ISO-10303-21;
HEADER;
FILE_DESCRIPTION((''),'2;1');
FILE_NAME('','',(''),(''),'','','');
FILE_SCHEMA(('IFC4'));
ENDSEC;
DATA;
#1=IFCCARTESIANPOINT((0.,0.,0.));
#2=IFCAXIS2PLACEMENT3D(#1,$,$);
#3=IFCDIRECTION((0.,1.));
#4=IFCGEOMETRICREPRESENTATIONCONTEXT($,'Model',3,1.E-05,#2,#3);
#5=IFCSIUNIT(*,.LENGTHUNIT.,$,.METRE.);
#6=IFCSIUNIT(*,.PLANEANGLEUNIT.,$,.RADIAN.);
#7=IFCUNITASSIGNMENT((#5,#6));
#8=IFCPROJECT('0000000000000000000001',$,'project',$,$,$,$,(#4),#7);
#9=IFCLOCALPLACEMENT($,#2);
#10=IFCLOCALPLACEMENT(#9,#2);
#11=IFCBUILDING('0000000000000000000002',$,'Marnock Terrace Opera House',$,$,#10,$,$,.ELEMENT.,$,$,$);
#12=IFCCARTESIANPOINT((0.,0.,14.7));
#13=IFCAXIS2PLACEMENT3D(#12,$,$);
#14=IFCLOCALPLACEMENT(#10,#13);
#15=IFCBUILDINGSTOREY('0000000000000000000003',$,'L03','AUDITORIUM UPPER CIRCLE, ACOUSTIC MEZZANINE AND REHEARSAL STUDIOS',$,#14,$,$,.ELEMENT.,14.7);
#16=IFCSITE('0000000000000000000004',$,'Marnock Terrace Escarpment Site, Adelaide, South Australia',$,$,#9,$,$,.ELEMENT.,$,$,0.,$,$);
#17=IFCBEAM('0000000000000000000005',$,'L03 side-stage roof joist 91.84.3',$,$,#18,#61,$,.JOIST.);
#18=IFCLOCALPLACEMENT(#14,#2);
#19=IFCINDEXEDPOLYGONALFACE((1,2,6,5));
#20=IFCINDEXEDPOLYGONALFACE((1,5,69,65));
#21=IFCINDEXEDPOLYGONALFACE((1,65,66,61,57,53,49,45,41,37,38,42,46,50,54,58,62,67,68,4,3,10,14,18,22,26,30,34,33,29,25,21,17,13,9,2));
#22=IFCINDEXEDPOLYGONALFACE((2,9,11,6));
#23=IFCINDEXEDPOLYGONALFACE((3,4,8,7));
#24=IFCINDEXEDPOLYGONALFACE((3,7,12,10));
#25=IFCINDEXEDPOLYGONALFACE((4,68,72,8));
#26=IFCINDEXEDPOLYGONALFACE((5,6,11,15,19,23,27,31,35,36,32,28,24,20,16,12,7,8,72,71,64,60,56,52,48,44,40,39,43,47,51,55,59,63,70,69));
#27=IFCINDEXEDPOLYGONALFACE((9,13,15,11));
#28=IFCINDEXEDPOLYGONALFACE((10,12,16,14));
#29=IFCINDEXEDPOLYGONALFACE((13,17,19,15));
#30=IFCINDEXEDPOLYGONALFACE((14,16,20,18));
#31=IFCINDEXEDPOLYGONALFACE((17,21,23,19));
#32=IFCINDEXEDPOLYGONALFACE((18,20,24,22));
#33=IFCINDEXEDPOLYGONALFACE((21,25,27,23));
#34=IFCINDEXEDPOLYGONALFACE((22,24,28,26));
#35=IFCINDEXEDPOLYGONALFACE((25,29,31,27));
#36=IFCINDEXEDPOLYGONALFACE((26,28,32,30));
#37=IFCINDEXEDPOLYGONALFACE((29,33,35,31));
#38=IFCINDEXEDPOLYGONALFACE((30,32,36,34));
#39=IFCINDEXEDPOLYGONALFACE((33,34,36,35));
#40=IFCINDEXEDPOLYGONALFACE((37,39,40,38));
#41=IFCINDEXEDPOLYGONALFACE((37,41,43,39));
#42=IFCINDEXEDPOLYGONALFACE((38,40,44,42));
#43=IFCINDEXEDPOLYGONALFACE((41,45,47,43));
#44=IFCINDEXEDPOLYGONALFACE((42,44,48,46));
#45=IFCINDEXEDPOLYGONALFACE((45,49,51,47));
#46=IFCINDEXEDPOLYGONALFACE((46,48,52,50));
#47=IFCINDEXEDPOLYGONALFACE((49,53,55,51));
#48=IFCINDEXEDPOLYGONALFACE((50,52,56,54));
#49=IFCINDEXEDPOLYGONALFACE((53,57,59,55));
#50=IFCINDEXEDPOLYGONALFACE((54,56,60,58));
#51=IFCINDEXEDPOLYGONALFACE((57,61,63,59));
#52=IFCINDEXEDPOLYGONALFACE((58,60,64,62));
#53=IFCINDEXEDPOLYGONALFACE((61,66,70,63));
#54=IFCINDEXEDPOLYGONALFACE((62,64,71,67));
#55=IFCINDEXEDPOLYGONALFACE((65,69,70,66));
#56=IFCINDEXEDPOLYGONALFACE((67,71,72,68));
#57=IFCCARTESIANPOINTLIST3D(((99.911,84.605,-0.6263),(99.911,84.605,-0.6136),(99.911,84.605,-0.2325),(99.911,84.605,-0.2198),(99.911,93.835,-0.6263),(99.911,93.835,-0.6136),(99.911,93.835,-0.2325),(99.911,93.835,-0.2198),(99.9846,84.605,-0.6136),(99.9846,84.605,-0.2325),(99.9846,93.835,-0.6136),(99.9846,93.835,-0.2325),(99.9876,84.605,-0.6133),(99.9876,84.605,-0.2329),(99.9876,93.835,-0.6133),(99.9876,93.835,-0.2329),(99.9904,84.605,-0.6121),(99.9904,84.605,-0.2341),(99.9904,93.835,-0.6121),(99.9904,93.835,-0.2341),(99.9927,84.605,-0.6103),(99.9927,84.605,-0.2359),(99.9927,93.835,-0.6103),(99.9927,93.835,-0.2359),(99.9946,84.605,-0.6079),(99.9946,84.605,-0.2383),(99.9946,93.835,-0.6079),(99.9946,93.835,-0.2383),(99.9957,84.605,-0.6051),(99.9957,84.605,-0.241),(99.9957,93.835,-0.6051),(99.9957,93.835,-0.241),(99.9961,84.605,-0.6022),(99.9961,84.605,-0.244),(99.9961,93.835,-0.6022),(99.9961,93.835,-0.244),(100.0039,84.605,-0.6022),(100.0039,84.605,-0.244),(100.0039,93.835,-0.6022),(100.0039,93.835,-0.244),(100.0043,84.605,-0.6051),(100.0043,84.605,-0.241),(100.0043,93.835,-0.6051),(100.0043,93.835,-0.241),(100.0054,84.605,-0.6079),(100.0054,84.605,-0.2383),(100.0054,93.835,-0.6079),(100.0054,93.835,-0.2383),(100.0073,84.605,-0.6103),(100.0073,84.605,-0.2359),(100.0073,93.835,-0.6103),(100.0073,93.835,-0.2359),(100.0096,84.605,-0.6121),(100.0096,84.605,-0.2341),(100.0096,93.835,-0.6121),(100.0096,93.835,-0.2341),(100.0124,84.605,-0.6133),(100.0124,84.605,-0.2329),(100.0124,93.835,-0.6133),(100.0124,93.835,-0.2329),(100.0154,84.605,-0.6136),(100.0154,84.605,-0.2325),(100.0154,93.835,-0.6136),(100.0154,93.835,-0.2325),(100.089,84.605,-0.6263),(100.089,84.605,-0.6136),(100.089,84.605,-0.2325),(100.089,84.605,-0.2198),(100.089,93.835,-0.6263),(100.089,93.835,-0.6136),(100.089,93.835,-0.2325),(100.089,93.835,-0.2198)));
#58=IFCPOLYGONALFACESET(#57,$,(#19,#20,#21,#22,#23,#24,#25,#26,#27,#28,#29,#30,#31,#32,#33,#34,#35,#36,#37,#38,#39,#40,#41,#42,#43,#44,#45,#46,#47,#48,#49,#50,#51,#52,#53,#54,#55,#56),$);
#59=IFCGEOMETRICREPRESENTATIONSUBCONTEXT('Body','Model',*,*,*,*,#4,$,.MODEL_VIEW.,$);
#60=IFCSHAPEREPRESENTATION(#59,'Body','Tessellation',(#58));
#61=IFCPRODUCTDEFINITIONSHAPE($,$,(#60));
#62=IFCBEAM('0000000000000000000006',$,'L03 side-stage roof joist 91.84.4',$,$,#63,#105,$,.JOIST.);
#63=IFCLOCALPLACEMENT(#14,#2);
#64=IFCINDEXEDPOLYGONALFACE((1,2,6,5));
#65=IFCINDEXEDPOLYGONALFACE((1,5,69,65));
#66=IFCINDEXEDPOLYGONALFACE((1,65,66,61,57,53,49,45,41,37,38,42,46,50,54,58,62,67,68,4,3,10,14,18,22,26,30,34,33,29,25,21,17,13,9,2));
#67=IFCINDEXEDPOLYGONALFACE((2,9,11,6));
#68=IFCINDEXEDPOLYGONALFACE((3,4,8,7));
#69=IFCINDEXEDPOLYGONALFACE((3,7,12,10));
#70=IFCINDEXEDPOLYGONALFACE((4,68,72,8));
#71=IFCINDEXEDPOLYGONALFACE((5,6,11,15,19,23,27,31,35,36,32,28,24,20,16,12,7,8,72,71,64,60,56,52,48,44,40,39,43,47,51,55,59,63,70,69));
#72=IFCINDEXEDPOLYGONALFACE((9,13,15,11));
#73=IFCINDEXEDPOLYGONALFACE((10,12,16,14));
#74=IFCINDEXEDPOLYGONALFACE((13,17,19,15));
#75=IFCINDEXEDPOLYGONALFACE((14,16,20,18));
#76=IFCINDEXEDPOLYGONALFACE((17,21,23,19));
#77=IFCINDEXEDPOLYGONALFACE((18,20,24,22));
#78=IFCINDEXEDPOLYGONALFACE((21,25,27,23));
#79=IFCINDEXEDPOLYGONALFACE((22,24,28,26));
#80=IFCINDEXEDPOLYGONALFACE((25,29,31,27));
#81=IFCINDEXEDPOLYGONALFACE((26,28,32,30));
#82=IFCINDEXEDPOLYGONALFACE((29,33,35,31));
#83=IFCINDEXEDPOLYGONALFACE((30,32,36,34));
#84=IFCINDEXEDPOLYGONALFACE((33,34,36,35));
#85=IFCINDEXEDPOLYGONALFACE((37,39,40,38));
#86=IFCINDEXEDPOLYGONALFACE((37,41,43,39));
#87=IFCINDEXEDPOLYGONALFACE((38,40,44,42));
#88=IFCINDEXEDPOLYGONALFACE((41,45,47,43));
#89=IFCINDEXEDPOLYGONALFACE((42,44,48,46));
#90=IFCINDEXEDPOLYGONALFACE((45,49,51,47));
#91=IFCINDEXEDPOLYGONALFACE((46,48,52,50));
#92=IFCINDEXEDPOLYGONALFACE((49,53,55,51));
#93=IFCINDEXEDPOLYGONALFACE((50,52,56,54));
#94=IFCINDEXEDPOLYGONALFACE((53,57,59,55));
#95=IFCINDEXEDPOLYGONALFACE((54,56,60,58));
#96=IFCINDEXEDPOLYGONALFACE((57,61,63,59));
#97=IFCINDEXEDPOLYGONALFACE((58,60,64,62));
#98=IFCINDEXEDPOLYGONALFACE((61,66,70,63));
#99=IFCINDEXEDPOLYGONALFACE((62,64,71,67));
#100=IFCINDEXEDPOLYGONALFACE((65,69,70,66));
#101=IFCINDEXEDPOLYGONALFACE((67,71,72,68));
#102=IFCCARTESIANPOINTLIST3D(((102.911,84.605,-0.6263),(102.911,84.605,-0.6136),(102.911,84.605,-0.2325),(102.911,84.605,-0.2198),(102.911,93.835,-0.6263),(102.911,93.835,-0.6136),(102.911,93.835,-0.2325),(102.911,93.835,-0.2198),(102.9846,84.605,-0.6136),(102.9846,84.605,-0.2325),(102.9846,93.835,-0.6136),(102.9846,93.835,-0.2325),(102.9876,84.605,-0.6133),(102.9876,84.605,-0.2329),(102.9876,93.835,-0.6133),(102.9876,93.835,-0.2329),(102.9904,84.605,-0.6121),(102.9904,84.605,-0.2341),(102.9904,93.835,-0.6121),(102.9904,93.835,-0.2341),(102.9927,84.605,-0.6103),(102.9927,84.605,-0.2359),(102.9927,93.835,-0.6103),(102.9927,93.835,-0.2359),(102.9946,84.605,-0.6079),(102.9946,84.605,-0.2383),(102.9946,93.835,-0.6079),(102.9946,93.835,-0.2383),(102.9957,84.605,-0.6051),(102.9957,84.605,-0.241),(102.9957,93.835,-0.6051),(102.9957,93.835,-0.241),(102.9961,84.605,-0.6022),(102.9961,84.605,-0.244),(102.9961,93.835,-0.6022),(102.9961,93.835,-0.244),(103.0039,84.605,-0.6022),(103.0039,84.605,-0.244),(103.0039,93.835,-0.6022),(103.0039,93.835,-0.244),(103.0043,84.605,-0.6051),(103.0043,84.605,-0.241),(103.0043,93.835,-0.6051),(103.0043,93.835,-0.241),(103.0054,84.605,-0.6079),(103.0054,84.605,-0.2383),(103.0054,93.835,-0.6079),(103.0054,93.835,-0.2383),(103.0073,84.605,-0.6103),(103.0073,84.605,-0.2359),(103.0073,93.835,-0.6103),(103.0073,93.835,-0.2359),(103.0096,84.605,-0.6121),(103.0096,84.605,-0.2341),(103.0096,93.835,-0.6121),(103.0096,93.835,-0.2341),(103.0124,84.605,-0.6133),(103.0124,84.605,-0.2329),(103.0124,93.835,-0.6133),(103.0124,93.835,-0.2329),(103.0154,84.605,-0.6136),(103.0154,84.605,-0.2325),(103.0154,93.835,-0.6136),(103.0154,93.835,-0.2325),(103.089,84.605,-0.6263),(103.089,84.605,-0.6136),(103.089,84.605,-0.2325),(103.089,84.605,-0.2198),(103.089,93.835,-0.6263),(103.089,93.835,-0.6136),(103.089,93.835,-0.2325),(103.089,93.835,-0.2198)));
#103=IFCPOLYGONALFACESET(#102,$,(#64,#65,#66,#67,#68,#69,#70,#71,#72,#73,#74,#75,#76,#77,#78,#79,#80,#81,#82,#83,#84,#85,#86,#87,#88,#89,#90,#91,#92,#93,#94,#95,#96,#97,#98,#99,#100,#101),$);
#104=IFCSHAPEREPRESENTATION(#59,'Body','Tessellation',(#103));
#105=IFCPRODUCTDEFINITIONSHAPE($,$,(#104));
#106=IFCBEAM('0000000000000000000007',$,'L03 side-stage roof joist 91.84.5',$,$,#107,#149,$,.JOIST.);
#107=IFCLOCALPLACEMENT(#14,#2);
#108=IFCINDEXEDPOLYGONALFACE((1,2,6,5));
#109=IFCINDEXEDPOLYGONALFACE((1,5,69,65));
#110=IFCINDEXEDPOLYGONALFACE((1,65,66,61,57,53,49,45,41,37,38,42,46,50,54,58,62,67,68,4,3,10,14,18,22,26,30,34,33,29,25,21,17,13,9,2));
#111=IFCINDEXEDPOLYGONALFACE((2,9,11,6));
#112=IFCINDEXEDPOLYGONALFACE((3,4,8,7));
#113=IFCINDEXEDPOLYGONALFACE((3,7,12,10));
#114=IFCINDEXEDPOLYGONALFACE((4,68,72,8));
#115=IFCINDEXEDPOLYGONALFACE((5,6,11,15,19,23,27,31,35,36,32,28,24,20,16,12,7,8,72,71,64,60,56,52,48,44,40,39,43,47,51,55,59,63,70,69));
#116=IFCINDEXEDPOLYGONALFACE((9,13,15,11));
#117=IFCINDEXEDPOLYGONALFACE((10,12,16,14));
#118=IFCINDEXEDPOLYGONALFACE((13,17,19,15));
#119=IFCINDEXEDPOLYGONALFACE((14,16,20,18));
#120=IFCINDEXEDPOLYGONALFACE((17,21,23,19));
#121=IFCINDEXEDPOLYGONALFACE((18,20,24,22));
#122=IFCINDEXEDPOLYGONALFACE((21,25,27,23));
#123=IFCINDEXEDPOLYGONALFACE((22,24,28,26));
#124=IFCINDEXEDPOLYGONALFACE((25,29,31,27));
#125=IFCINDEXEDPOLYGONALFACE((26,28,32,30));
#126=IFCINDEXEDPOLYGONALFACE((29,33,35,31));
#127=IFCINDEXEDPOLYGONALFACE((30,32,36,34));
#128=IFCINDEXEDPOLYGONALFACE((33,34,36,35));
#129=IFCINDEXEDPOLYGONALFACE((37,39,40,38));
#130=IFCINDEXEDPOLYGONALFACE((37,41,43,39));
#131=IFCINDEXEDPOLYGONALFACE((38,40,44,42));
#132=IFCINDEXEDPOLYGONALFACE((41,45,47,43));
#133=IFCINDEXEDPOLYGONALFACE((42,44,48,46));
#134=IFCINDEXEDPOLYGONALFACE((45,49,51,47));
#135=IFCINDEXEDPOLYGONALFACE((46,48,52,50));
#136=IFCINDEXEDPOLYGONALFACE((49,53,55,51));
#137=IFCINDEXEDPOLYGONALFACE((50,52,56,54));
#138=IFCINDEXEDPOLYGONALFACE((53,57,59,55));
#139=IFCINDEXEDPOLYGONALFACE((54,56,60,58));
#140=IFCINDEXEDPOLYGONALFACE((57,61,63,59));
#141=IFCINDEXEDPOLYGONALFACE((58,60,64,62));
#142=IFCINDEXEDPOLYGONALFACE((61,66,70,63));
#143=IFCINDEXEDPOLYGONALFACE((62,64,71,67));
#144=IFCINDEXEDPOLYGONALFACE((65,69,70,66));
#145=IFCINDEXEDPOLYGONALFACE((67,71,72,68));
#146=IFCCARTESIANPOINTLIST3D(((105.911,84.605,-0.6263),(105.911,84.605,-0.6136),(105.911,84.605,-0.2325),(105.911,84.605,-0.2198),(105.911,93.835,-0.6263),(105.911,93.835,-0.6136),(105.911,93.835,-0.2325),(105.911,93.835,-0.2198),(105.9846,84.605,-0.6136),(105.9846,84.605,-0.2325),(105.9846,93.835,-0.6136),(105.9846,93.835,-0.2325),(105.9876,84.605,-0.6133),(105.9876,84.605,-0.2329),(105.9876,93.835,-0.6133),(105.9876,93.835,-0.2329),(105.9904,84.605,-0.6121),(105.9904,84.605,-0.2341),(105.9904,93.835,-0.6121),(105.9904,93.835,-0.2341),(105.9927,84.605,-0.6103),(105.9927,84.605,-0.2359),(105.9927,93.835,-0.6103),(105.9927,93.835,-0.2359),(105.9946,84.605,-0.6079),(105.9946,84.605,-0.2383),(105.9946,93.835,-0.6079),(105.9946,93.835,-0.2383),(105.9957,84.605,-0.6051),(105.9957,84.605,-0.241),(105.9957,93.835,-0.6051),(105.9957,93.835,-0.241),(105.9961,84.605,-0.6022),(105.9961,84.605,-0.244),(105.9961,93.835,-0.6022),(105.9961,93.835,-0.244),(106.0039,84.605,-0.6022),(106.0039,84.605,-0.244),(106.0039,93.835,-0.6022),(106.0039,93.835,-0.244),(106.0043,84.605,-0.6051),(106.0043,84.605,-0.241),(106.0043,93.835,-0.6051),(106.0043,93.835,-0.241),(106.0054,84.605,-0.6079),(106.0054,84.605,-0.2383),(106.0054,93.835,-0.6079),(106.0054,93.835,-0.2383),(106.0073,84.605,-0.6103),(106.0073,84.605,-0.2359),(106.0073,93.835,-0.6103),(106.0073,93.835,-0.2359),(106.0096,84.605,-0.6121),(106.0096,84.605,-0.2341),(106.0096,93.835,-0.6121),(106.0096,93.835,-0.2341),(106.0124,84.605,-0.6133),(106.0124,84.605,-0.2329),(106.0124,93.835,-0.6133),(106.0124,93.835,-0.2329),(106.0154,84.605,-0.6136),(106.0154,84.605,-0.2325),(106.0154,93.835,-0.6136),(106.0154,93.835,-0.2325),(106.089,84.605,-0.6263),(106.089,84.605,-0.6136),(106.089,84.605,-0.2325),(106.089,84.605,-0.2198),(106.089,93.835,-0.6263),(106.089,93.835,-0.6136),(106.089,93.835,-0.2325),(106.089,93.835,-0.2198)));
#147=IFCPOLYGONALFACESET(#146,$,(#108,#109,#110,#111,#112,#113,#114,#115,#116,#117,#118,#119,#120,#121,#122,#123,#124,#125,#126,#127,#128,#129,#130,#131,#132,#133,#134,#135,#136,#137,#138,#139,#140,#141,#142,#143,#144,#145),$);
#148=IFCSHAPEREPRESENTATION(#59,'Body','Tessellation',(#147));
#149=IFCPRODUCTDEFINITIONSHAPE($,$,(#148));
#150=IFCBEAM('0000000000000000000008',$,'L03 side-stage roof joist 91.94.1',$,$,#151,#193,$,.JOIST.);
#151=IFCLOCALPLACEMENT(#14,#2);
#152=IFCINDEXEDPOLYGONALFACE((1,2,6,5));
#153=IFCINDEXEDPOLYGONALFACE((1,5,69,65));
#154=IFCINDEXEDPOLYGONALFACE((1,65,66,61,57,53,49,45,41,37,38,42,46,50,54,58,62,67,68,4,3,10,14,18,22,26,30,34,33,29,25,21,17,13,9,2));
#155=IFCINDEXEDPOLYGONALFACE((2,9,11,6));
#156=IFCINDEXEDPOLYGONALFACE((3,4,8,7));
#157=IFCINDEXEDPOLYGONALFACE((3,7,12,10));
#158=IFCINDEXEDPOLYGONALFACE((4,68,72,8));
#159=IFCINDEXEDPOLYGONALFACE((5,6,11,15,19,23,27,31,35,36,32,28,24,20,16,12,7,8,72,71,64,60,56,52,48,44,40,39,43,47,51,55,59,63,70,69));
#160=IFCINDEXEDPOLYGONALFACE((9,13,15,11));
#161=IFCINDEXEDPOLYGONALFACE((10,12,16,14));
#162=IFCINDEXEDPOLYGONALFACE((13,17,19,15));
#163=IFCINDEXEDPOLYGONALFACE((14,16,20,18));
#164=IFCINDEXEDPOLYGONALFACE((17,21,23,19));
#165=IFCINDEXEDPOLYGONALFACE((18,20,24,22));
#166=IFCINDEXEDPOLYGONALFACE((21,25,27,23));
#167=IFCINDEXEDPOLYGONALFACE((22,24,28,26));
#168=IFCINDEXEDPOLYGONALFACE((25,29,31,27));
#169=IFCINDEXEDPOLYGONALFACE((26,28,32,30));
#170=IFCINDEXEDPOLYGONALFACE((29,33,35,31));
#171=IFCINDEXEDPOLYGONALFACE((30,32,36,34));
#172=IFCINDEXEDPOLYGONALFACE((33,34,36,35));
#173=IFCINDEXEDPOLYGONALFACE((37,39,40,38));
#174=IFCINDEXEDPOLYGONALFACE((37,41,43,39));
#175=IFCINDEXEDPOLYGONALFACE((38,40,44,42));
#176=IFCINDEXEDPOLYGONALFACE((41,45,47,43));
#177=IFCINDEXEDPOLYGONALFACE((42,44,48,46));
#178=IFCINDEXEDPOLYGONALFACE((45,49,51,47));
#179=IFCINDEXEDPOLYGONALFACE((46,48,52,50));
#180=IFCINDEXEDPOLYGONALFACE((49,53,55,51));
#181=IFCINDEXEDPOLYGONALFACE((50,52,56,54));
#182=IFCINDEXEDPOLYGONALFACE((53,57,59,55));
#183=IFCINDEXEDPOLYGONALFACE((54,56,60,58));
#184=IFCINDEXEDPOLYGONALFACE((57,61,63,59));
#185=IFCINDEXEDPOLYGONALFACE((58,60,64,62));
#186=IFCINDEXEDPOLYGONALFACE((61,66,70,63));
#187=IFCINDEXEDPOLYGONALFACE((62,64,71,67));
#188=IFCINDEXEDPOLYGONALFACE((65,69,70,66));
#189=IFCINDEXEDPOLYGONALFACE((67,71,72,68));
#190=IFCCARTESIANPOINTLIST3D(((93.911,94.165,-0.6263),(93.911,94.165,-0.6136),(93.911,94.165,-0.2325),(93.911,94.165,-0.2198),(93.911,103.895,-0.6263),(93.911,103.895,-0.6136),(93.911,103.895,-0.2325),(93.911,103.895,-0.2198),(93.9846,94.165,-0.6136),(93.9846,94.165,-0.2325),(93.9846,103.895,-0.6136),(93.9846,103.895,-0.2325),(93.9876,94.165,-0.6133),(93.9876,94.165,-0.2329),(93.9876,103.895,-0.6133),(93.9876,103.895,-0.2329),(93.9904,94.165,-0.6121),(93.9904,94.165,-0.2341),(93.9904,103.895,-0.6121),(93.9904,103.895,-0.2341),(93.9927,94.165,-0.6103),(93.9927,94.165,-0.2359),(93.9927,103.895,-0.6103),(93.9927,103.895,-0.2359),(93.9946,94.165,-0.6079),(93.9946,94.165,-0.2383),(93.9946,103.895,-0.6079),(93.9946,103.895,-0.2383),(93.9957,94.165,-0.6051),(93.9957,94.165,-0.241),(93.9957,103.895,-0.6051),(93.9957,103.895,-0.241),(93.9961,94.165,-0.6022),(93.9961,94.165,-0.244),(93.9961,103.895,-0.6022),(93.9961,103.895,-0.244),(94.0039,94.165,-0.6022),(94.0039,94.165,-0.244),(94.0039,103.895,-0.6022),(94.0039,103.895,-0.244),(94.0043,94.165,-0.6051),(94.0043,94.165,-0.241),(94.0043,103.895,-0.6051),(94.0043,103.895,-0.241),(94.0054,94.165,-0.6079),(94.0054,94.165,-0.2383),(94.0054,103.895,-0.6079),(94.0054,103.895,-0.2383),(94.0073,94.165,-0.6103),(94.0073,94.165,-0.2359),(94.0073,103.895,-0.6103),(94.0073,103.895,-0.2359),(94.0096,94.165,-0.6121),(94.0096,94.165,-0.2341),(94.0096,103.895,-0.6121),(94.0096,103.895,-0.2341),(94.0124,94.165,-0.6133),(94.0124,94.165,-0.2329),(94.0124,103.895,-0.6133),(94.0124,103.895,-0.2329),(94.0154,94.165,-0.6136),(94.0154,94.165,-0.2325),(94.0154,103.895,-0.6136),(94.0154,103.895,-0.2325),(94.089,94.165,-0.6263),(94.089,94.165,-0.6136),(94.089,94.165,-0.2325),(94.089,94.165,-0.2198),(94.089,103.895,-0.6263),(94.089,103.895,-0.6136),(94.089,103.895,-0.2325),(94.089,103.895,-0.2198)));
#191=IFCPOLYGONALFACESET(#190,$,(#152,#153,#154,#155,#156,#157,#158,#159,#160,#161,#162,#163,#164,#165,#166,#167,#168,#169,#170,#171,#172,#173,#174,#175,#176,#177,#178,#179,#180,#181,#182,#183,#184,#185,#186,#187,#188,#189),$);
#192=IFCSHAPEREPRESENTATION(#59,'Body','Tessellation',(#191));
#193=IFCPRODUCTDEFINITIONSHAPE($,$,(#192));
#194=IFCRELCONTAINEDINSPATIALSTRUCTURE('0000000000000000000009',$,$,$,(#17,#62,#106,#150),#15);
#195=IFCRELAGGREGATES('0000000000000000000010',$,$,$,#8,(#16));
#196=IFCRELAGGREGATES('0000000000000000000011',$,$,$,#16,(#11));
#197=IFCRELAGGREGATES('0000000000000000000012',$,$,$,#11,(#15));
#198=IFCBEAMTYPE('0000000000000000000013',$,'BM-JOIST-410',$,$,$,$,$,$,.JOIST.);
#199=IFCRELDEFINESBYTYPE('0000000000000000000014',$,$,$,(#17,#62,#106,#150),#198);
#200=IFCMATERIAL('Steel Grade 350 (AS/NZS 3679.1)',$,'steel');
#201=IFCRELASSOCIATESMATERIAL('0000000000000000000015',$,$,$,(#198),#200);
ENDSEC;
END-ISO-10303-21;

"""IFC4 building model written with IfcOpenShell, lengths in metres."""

from ifc_helpers import new_model, si_unit, direction, frame, origin, origin_2d, place, context, subcontext, project, spatial, i_section, extrude, material, material_profile, profile_set, type_object, element, save


model = new_model("IFC4")

# Units and contexts
model_context = context("Model", 3, precision=1e-05, world=origin(), true_north=direction((0.0, 1.0)))
body_context = subcontext(model_context, "Body", "Model", "MODEL_VIEW")
ifc_project = project(units=[si_unit("LENGTHUNIT", "METRE"), si_unit("PLANEANGLEUNIT", "RADIAN")], contexts=[model_context])

# Site, building, storey
site_placement = place(None, origin())
site = spatial("IfcSite", under=ifc_project, at=site_placement, Name="Marnock Terrace Escarpment Site, Adelaide, South Australia", CompositionType="ELEMENT", RefElevation=0.0)
building_placement = place(site_placement, origin())
building = spatial("IfcBuilding", under=site, at=building_placement, Name="Marnock Terrace Opera House", CompositionType="ELEMENT")
storey_placement = place(building_placement, frame((0.0, 0.0, 14.7)))
storey = spatial("IfcBuildingStorey", under=building, at=storey_placement, Name="L03", Description="AUDITORIUM UPPER CIRCLE, ACOUSTIC MEZZANINE AND REHEARSAL STUDIOS", CompositionType="ELEMENT", Elevation=14.7)

# Beams
ifc_material_1 = material(Name="Steel Grade 350 (AS/NZS 3679.1)", Category="steel")
ifc_material_profile_1 = material_profile(ifc_material_1, i_section(OverallWidth=0.178, OverallDepth=0.4065, WebThickness=0.0078, FlangeThickness=0.0127, FilletRadius=0.0115, at=origin_2d()))
ifc_profile_set_1 = profile_set([ifc_material_profile_1], Name="Steel Grade 350 (AS/NZS 3679.1)")
beam_type_1 = type_object("IfcBeamType", Name="BM-JOIST-410", PredefinedType="JOIST", material=ifc_profile_set_1)
for number, where, z_axis, x_axis, name in (
    (1, (100.0, 84.605, -0.4231), (0.0, 1.0, 0.0), (-1.0, 0.0, 0.0), "L03 side-stage roof joist 91.84.3"),
    (2, (103.0, 84.605, -0.4231), (0.0, 1.0, 0.0), (-1.0, 0.0, 0.0), "L03 side-stage roof joist 91.84.4"),
    (3, (106.0, 84.605, -0.4231), (0.0, 1.0, 0.0), (-1.0, 0.0, 0.0), "L03 side-stage roof joist 91.84.5"),
):
    element("IfcBeam", number, at=place(storey_placement, frame(where, z_axis=z_axis, x_axis=x_axis)), inside=storey, type_object=beam_type_1, Name=name, PredefinedType="JOIST", context=body_context, shape_type="SweptSolid", body=[
        extrude(i_section(OverallWidth=0.178, OverallDepth=0.4065, WebThickness=0.0078, FlangeThickness=0.0127, FilletRadius=0.0115, at=origin_2d()), origin(), (0.0, 0.0, 1.0), 9.23),
    ])
for number, where, z_axis, x_axis, name in (
    (4, (94.0, 94.165, -0.4231), (0.0, 1.0, 0.0), (-1.0, 0.0, 0.0), "L03 side-stage roof joist 91.94.1"),
):
    element("IfcBeam", number, at=place(storey_placement, frame(where, z_axis=z_axis, x_axis=x_axis)), inside=storey, type_object=beam_type_1, Name=name, PredefinedType="JOIST", context=body_context, shape_type="SweptSolid", body=[
        extrude(i_section(OverallWidth=0.178, OverallDepth=0.4065, WebThickness=0.0078, FlangeThickness=0.0127, FilletRadius=0.0115, at=origin_2d()), origin(), (0.0, 0.0, 1.0), 9.73),
    ])

save(model, "model.ifc")
